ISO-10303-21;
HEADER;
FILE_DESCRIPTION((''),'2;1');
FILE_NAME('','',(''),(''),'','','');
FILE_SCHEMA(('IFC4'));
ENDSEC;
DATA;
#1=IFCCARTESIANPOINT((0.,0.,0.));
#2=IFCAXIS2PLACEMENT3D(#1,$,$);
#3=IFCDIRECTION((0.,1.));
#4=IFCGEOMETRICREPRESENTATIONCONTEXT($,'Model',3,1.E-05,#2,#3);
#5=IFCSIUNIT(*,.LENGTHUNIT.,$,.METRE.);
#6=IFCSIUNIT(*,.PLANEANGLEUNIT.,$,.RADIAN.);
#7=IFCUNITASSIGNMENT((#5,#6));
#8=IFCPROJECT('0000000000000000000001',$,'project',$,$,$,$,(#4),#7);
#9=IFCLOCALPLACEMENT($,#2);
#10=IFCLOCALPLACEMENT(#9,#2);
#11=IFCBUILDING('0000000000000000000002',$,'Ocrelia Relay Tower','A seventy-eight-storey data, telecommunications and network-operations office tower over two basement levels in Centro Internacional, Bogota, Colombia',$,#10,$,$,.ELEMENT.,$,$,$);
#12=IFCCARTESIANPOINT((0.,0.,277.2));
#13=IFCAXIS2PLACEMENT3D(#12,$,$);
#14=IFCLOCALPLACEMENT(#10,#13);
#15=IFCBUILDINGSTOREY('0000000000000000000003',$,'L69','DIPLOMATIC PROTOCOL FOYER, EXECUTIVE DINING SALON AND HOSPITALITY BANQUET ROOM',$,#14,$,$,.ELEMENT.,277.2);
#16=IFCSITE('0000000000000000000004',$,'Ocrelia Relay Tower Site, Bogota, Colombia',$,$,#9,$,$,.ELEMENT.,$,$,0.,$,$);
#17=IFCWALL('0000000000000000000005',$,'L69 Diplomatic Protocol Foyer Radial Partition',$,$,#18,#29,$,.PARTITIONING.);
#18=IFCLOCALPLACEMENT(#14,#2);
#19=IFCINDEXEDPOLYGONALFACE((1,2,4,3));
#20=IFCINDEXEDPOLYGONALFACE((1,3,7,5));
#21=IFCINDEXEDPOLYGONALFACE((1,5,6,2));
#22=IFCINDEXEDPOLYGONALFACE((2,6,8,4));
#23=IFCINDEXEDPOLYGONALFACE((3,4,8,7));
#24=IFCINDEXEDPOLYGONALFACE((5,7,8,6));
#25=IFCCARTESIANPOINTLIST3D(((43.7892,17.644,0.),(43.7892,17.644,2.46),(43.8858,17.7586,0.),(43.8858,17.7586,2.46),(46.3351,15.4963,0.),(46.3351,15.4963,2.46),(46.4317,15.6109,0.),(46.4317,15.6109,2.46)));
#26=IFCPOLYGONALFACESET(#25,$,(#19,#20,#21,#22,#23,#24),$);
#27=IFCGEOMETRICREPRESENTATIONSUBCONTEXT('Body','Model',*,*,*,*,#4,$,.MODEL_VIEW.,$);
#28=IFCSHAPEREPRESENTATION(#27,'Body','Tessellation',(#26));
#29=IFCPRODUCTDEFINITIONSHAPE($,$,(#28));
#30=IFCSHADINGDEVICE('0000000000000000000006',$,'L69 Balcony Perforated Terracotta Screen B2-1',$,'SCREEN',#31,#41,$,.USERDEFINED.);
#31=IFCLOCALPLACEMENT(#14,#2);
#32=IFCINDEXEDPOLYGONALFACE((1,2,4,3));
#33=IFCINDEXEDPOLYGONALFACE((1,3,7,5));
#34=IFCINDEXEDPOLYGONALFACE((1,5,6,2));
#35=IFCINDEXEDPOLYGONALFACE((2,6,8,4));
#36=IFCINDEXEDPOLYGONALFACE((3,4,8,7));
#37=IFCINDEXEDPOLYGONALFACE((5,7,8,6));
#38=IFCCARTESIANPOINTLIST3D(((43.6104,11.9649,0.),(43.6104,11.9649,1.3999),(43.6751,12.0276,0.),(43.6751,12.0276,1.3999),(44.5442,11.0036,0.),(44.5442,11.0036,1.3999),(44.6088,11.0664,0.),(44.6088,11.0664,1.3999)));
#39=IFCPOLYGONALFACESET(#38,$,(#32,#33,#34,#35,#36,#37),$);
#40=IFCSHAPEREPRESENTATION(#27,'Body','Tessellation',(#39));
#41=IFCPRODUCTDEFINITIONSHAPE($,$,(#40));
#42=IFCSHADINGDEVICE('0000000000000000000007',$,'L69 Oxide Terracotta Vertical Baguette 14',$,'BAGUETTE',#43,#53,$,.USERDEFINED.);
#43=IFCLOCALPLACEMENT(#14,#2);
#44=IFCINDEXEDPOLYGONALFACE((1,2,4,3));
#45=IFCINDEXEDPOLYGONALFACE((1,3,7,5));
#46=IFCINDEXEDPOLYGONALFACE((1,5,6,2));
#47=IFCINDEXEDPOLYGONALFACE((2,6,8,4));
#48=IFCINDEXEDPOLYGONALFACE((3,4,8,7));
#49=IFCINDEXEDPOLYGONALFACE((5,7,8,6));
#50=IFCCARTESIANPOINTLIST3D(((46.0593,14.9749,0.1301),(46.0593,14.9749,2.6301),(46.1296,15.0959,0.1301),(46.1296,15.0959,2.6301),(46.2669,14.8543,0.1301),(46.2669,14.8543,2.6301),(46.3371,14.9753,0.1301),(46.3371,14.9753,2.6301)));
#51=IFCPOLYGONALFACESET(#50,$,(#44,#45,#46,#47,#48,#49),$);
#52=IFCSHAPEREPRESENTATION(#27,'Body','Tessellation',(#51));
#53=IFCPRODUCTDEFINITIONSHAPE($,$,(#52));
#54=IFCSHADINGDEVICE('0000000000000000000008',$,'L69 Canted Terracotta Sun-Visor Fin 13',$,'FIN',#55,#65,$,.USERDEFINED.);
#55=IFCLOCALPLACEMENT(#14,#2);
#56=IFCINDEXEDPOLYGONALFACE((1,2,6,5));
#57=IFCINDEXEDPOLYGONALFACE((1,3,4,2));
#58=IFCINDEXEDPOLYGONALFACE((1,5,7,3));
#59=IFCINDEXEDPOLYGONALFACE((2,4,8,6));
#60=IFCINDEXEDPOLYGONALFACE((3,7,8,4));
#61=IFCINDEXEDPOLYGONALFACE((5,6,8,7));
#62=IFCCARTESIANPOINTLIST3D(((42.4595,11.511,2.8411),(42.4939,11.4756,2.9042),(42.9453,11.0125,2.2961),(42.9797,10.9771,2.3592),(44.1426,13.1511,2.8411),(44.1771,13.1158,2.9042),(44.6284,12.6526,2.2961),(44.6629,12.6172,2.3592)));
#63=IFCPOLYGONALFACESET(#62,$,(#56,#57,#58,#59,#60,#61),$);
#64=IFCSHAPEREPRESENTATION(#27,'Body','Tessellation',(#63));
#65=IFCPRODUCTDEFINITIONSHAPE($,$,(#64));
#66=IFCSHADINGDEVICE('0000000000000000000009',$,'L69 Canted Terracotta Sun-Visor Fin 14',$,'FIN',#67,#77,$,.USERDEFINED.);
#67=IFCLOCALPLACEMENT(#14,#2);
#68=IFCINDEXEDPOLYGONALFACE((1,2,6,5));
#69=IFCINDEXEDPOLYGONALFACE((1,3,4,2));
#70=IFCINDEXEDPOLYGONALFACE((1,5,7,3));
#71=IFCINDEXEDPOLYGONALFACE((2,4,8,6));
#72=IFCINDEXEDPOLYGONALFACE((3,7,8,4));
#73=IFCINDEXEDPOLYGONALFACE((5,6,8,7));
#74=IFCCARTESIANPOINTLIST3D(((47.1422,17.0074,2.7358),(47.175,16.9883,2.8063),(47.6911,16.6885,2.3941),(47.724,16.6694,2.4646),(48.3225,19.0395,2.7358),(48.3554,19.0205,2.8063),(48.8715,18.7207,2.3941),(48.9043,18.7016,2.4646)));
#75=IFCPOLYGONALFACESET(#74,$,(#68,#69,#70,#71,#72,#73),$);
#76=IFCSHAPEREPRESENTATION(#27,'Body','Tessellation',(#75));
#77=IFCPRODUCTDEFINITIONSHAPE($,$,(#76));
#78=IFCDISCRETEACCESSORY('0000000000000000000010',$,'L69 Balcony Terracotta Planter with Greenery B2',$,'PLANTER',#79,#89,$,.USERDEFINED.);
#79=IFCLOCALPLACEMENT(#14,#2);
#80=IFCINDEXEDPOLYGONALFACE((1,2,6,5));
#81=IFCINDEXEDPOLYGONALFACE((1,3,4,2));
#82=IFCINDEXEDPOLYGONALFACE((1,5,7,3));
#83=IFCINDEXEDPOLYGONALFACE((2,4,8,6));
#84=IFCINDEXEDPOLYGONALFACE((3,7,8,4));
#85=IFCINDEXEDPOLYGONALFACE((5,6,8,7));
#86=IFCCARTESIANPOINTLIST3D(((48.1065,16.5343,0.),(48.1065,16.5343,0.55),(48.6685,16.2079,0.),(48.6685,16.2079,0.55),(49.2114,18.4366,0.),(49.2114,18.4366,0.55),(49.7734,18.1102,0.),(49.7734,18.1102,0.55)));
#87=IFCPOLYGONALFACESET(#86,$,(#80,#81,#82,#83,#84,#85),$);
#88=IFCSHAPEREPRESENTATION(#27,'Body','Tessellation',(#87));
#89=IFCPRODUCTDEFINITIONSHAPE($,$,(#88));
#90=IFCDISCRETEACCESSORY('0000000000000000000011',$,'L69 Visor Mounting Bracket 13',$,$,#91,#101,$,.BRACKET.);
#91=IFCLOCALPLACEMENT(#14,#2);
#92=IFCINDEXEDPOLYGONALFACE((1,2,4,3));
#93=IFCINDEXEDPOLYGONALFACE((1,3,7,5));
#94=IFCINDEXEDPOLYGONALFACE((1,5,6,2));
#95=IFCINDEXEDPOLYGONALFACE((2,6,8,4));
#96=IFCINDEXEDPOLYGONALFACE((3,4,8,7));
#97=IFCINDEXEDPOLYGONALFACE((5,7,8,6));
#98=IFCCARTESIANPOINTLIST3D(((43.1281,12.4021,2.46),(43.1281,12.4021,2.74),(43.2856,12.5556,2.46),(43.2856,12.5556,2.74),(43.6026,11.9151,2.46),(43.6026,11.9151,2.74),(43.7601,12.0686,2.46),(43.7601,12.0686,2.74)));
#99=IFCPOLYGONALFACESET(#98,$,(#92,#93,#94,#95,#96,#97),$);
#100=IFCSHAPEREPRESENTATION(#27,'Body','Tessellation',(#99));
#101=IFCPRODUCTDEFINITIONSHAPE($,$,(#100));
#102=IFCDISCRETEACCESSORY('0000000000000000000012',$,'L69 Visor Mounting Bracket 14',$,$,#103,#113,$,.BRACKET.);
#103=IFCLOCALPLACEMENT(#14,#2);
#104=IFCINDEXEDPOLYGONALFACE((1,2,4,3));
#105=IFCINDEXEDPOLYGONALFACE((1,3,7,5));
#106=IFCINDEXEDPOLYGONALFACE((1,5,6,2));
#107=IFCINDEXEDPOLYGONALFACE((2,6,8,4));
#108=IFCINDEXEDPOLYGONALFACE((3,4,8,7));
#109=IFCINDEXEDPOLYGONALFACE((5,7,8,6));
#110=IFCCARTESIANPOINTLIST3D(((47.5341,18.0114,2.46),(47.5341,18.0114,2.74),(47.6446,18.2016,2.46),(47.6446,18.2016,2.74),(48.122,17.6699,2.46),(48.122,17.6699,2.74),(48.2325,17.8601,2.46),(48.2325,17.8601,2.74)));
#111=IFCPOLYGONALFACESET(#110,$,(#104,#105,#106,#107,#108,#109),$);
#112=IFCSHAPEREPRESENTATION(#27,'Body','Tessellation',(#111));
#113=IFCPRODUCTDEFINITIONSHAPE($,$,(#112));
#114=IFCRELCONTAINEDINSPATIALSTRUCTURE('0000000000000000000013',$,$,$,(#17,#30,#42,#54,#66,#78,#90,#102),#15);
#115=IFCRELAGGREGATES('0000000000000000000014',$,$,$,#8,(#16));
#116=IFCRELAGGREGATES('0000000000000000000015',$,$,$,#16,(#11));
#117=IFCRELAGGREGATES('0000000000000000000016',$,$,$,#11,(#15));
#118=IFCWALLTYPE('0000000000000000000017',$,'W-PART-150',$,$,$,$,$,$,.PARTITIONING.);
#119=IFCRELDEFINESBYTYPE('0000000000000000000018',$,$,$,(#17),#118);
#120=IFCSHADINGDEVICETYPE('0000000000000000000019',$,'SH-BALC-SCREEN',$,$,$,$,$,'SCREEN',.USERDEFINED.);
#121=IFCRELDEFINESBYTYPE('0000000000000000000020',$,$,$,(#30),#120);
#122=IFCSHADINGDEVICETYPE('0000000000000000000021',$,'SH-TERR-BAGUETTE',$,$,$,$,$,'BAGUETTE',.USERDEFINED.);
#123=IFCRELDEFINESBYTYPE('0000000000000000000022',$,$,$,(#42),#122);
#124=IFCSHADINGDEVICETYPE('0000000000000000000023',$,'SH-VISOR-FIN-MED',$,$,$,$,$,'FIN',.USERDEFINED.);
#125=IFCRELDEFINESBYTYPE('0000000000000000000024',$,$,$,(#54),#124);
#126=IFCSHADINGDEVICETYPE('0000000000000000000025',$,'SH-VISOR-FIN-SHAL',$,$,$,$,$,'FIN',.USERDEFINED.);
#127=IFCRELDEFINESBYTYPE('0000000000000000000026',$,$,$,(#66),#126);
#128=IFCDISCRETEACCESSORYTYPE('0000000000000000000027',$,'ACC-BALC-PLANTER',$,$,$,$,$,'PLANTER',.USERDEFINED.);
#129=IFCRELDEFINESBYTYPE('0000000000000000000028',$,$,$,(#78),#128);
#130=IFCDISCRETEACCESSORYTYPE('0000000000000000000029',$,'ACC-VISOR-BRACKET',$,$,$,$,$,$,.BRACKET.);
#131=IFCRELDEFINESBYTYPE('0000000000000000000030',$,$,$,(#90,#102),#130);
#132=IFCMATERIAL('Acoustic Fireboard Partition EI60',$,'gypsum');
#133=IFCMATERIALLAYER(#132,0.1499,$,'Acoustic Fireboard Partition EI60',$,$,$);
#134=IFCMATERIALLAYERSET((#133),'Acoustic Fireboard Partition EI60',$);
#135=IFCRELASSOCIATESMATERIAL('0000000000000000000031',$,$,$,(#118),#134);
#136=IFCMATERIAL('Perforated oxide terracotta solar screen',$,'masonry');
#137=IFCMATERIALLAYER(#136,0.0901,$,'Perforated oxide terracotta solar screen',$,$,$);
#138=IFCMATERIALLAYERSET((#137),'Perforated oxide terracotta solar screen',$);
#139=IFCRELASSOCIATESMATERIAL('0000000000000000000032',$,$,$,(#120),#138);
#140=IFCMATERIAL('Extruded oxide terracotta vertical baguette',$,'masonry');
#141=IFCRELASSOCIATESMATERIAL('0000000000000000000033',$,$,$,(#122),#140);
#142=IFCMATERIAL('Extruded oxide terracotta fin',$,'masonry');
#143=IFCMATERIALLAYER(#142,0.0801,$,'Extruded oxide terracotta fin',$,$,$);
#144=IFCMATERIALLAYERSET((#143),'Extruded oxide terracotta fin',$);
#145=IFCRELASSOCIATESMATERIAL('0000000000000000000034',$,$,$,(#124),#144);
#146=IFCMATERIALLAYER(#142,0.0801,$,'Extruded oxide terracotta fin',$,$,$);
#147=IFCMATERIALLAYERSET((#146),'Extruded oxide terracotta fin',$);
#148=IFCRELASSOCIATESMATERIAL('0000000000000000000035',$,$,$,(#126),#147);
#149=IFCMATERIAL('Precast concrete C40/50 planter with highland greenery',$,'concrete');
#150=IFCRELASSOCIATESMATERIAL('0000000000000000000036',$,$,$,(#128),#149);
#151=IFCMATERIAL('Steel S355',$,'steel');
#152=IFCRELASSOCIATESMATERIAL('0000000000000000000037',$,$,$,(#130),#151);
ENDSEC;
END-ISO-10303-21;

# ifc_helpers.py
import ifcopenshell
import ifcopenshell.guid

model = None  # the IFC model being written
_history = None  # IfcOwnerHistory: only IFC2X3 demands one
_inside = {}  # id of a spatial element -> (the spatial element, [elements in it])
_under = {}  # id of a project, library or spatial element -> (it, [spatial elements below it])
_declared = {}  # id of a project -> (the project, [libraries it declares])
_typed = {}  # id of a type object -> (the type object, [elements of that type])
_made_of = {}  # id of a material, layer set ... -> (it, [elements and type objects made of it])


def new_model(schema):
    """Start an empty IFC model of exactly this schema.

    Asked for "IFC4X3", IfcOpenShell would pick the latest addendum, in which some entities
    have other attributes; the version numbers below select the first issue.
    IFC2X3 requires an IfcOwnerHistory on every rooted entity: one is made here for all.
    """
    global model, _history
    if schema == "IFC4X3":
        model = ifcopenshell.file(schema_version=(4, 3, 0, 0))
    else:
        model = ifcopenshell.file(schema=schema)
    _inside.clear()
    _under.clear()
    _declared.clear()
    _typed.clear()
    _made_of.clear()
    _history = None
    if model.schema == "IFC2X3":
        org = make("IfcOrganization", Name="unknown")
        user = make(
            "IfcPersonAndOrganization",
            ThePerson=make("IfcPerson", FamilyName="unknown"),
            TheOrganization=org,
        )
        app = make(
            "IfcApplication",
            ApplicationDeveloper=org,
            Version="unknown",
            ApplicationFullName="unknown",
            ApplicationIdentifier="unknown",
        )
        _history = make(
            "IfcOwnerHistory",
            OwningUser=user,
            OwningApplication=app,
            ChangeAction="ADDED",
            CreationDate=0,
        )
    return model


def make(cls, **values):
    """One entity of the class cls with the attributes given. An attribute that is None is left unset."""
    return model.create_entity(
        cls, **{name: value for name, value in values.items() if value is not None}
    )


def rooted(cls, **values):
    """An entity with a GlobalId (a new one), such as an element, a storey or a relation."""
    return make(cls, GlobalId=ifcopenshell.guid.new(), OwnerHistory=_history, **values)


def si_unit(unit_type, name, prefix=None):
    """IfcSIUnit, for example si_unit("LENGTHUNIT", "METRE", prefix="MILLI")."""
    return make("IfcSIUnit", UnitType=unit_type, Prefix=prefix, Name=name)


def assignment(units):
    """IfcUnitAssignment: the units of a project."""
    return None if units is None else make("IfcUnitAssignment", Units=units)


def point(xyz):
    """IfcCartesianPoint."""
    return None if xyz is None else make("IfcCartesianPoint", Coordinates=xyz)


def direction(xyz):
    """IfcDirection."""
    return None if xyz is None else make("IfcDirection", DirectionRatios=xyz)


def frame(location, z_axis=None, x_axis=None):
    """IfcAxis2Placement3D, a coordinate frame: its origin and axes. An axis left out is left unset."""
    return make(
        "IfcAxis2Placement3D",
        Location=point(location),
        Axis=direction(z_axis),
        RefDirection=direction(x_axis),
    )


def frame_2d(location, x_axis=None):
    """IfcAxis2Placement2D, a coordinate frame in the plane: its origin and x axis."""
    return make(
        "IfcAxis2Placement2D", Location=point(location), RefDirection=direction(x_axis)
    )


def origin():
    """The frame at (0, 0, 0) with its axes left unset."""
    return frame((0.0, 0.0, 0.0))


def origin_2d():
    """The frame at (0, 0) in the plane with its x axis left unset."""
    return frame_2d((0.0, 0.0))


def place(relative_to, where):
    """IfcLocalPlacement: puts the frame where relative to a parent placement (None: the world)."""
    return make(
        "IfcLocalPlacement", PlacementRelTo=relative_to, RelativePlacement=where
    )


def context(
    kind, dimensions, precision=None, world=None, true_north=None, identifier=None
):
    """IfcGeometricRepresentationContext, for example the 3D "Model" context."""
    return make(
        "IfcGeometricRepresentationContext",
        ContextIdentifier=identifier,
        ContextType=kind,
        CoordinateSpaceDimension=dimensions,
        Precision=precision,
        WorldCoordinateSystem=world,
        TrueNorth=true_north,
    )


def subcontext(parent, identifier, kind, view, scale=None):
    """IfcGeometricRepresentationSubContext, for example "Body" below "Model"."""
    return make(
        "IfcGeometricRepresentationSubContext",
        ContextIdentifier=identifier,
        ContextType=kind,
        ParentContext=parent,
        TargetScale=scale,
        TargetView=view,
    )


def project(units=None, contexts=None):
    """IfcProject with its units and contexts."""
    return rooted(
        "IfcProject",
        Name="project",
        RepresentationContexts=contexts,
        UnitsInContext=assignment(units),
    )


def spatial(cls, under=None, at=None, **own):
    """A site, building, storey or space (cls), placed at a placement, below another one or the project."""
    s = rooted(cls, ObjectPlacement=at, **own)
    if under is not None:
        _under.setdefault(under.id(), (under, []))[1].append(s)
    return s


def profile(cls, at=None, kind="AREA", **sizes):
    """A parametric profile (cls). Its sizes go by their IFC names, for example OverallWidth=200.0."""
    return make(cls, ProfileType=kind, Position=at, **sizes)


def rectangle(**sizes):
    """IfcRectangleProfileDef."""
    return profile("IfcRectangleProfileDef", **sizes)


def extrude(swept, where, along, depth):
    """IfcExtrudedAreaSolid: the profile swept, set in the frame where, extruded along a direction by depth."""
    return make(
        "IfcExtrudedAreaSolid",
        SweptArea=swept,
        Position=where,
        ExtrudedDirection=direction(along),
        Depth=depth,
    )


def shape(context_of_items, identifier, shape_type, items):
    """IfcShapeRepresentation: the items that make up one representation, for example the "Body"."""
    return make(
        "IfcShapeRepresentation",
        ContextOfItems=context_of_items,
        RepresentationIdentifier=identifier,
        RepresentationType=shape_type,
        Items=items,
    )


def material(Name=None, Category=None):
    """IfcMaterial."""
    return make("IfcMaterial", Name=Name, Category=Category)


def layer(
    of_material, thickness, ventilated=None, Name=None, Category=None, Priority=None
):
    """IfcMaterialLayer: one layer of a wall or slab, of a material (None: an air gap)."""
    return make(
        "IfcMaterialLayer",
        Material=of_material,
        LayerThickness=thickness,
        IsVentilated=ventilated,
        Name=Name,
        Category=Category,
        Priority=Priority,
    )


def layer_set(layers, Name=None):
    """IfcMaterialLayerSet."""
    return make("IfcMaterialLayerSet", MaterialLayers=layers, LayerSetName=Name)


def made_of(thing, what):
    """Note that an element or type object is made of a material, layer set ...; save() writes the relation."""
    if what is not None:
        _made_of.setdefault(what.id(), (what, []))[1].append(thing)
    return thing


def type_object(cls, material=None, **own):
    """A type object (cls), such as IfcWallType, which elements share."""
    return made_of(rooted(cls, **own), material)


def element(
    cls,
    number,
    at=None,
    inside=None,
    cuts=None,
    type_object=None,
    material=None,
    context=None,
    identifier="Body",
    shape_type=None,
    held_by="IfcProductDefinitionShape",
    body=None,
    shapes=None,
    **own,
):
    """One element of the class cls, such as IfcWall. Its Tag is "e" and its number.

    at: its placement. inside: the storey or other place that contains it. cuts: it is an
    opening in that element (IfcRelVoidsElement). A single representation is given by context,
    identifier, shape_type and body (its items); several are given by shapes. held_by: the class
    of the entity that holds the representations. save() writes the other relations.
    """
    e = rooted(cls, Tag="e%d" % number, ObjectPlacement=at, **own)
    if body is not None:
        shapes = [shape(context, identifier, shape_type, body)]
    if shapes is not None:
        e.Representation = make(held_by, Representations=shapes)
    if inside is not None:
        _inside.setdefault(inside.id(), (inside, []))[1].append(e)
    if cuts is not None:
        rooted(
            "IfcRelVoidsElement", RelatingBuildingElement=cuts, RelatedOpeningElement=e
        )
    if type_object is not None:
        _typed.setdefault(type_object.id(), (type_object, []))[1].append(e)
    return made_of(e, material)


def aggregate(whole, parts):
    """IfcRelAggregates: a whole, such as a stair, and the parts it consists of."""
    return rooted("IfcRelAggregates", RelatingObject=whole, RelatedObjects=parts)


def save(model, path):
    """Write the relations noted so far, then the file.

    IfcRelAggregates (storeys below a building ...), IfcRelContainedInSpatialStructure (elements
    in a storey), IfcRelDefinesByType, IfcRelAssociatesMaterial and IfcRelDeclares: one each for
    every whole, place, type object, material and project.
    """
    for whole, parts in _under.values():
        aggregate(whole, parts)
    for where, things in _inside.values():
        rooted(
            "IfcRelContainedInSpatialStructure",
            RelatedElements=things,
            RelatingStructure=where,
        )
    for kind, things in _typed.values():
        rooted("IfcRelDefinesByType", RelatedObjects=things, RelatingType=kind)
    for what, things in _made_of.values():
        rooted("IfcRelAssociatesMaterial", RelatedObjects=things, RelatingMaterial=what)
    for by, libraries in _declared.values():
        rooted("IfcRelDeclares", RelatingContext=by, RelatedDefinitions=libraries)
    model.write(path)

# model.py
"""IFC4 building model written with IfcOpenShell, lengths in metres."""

from ifc_helpers import new_model, si_unit, direction, frame, frame_2d, origin, origin_2d, place, context, subcontext, project, spatial, rectangle, extrude, material, layer, layer_set, type_object, element, save


model = new_model("IFC4")

# Units and contexts
model_context = context("Model", 3, precision=1e-05, world=origin(), true_north=direction((0.0, 1.0)))
body_context = subcontext(model_context, "Body", "Model", "MODEL_VIEW")
ifc_project = project(units=[si_unit("LENGTHUNIT", "METRE"), si_unit("PLANEANGLEUNIT", "RADIAN")], contexts=[model_context])

# Site, building, storey
site_placement = place(None, origin())
site = spatial("IfcSite", under=ifc_project, at=site_placement, Name="Ocrelia Relay Tower Site, Bogota, Colombia", CompositionType="ELEMENT", RefElevation=0.0)
building_placement = place(site_placement, origin())
building = spatial("IfcBuilding", under=site, at=building_placement, Name="Ocrelia Relay Tower", Description="A seventy-eight-storey data, telecommunications and network-operations office tower over two basement levels in Centro Internacional, Bogota, Colombia", CompositionType="ELEMENT")
storey_placement = place(building_placement, frame((0.0, 0.0, 277.2)))
storey = spatial("IfcBuildingStorey", under=building, at=storey_placement, Name="L69", Description="DIPLOMATIC PROTOCOL FOYER, EXECUTIVE DINING SALON AND HOSPITALITY BANQUET ROOM", CompositionType="ELEMENT", Elevation=277.2)

# Shared definitions
ifc_material_1 = material(Name="Steel S355", Category="steel")

# Wall
ifc_material_2 = material(Name="Acoustic Fireboard Partition EI60", Category="gypsum")
ifc_layer_1 = layer(ifc_material_2, 0.1499, Name="Acoustic Fireboard Partition EI60")
ifc_layer_set_1 = layer_set([ifc_layer_1], Name="Acoustic Fireboard Partition EI60")
wall_type_1 = type_object("IfcWallType", Name="W-PART-150", PredefinedType="PARTITIONING", material=ifc_layer_set_1)
wall_1_placement = place(storey_placement, frame((43.8374, 17.7014, 0.0), z_axis=(0.0, 0.0, 1.0), x_axis=(0.76435, -0.644801, 0.0)))
element("IfcWall", 1, at=wall_1_placement, inside=storey, type_object=wall_type_1, Name="L69 Diplomatic Protocol Foyer Radial Partition", PredefinedType="PARTITIONING", context=body_context, shape_type="SweptSolid", body=[
    extrude(rectangle(XDim=3.3308, YDim=0.1499, at=frame_2d((1.6655, 0.0))), origin(), (0.0, 0.0, 1.0), 2.46),
])

# Shading devices
ifc_material_3 = material(Name="Perforated oxide terracotta solar screen", Category="masonry")
ifc_layer_2 = layer(ifc_material_3, 0.0901, Name="Perforated oxide terracotta solar screen")
ifc_layer_set_2 = layer_set([ifc_layer_2], Name="Perforated oxide terracotta solar screen")
shading_device_type_1 = type_object("IfcShadingDeviceType", Name="SH-BALC-SCREEN", ElementType="SCREEN", PredefinedType="USERDEFINED", material=ifc_layer_set_2)
shading_device_1_placement = place(storey_placement, frame((44.1096, 11.5156, 0.0), z_axis=(0.0, 0.0, 1.0), x_axis=(0.69677, -0.717295, 0.0)))
element("IfcShadingDevice", 2, at=shading_device_1_placement, inside=storey, type_object=shading_device_type_1, Name="L69 Balcony Perforated Terracotta Screen B2-1", ObjectType="SCREEN", PredefinedType="USERDEFINED", context=body_context, shape_type="SweptSolid", body=[
    extrude(rectangle(XDim=1.3401, YDim=0.0901, at=origin_2d()), origin(), (0.0, 0.0, 1.0), 1.3999),
])
ifc_material_4 = material(Name="Extruded oxide terracotta vertical baguette", Category="masonry")
shading_device_type_2 = type_object("IfcShadingDeviceType", Name="SH-TERR-BAGUETTE", ElementType="BAGUETTE", PredefinedType="USERDEFINED", material=ifc_material_4)
shading_device_2_placement = place(storey_placement, frame((46.1982, 14.9751, 0.1301), z_axis=(0.0, 0.0, 1.0), x_axis=(0.502259, 0.864717, 0.0)))
element("IfcShadingDevice", 3, at=shading_device_2_placement, inside=storey, type_object=shading_device_type_2, Name="L69 Oxide Terracotta Vertical Baguette 14", ObjectType="BAGUETTE", PredefinedType="USERDEFINED", context=body_context, shape_type="SweptSolid", body=[
    extrude(rectangle(XDim=0.1399, YDim=0.24, at=origin_2d()), origin(), (0.0, 0.0, 1.0), 2.5),
])
ifc_material_5 = material(Name="Extruded oxide terracotta fin", Category="masonry")
ifc_layer_3 = layer(ifc_material_5, 0.0801, Name="Extruded oxide terracotta fin")
ifc_layer_set_3 = layer_set([ifc_layer_3], Name="Extruded oxide terracotta fin")
shading_device_type_3 = type_object("IfcShadingDeviceType", Name="SH-VISOR-FIN-MED", ElementType="FIN", PredefinedType="USERDEFINED", material=ifc_layer_set_3)
shading_device_3_placement = place(storey_placement, frame((43.5439, 12.0818, 2.5686), z_axis=(0.430245, -0.441526, 0.787366), x_axis=(0.716197, 0.697898, 0.0)))
element("IfcShadingDevice", 4, at=shading_device_3_placement, inside=storey, type_object=shading_device_type_3, Name="L69 Canted Terracotta Sun-Visor Fin 13", ObjectType="FIN", PredefinedType="USERDEFINED", context=body_context, shape_type="SweptSolid", body=[
    extrude(rectangle(XDim=2.3501, YDim=0.884, at=origin_2d()), origin(), (0.0, 0.0, 1.0), 0.0801),
])
ifc_layer_4 = layer(ifc_material_5, 0.0801, Name="Extruded oxide terracotta fin")
ifc_layer_set_4 = layer_set([ifc_layer_4], Name="Extruded oxide terracotta fin")
shading_device_type_4 = type_object("IfcShadingDeviceType", Name="SH-VISOR-FIN-SHAL", ElementType="FIN", PredefinedType="USERDEFINED", material=ifc_layer_set_4)
shading_device_4_placement = place(storey_placement, frame((48.0068, 17.864, 2.5649), z_axis=(0.409819, -0.238038, 0.88056), x_axis=(0.502259, 0.864717, 0.0)))
element("IfcShadingDevice", 5, at=shading_device_4_placement, inside=storey, type_object=shading_device_type_4, Name="L69 Canted Terracotta Sun-Visor Fin 14", ObjectType="FIN", PredefinedType="USERDEFINED", context=body_context, shape_type="SweptSolid", body=[
    extrude(rectangle(XDim=2.3501, YDim=0.7209, at=origin_2d()), origin(), (0.0, 0.0, 1.0), 0.0801),
])

# Discrete accessories
ifc_material_6 = material(Name="Precast concrete C40/50 planter with highland greenery", Category="concrete")
discrete_accessory_type_1 = type_object("IfcDiscreteAccessoryType", Name="ACC-BALC-PLANTER", ElementType="PLANTER", PredefinedType="USERDEFINED", material=ifc_material_6)
discrete_accessory_placement = place(storey_placement, frame((48.9399, 17.3223, 0.0), z_axis=(0.0, 0.0, 1.0), x_axis=(-0.502252, -0.864721, 0.0)))
element("IfcDiscreteAccessory", 6, at=discrete_accessory_placement, inside=storey, type_object=discrete_accessory_type_1, Name="L69 Balcony Terracotta Planter with Greenery B2", ObjectType="PLANTER", PredefinedType="USERDEFINED", context=body_context, shape_type="SweptSolid", body=[
    extrude(rectangle(XDim=2.2, YDim=0.6499, at=origin_2d()), origin(), (0.0, 0.0, 1.0), 0.55),
])
discrete_accessory_type_2 = type_object("IfcDiscreteAccessoryType", Name="ACC-VISOR-BRACKET", PredefinedType="BRACKET", material=ifc_material_1)
for number, where, z_axis, x_axis, name in (
    (7, (43.4441, 12.2354, 2.46), (0.0, 0.0, 1.0), (0.716197, 0.697898, 0.0), "L69 Visor Mounting Bracket 13"),
    (8, (47.8833, 17.9358, 2.46), (0.0, 0.0, 1.0), (0.502259, 0.864717, 0.0), "L69 Visor Mounting Bracket 14"),
):
    element("IfcDiscreteAccessory", number, at=place(storey_placement, frame(where, z_axis=z_axis, x_axis=x_axis)), inside=storey, type_object=discrete_accessory_type_2, Name=name, PredefinedType="BRACKET", context=body_context, shape_type="SweptSolid", body=[
        extrude(rectangle(XDim=0.22, YDim=0.6799, at=origin_2d()), origin(), (0.0, 0.0, 1.0), 0.28),
    ])

save(model, "model.ifc")
